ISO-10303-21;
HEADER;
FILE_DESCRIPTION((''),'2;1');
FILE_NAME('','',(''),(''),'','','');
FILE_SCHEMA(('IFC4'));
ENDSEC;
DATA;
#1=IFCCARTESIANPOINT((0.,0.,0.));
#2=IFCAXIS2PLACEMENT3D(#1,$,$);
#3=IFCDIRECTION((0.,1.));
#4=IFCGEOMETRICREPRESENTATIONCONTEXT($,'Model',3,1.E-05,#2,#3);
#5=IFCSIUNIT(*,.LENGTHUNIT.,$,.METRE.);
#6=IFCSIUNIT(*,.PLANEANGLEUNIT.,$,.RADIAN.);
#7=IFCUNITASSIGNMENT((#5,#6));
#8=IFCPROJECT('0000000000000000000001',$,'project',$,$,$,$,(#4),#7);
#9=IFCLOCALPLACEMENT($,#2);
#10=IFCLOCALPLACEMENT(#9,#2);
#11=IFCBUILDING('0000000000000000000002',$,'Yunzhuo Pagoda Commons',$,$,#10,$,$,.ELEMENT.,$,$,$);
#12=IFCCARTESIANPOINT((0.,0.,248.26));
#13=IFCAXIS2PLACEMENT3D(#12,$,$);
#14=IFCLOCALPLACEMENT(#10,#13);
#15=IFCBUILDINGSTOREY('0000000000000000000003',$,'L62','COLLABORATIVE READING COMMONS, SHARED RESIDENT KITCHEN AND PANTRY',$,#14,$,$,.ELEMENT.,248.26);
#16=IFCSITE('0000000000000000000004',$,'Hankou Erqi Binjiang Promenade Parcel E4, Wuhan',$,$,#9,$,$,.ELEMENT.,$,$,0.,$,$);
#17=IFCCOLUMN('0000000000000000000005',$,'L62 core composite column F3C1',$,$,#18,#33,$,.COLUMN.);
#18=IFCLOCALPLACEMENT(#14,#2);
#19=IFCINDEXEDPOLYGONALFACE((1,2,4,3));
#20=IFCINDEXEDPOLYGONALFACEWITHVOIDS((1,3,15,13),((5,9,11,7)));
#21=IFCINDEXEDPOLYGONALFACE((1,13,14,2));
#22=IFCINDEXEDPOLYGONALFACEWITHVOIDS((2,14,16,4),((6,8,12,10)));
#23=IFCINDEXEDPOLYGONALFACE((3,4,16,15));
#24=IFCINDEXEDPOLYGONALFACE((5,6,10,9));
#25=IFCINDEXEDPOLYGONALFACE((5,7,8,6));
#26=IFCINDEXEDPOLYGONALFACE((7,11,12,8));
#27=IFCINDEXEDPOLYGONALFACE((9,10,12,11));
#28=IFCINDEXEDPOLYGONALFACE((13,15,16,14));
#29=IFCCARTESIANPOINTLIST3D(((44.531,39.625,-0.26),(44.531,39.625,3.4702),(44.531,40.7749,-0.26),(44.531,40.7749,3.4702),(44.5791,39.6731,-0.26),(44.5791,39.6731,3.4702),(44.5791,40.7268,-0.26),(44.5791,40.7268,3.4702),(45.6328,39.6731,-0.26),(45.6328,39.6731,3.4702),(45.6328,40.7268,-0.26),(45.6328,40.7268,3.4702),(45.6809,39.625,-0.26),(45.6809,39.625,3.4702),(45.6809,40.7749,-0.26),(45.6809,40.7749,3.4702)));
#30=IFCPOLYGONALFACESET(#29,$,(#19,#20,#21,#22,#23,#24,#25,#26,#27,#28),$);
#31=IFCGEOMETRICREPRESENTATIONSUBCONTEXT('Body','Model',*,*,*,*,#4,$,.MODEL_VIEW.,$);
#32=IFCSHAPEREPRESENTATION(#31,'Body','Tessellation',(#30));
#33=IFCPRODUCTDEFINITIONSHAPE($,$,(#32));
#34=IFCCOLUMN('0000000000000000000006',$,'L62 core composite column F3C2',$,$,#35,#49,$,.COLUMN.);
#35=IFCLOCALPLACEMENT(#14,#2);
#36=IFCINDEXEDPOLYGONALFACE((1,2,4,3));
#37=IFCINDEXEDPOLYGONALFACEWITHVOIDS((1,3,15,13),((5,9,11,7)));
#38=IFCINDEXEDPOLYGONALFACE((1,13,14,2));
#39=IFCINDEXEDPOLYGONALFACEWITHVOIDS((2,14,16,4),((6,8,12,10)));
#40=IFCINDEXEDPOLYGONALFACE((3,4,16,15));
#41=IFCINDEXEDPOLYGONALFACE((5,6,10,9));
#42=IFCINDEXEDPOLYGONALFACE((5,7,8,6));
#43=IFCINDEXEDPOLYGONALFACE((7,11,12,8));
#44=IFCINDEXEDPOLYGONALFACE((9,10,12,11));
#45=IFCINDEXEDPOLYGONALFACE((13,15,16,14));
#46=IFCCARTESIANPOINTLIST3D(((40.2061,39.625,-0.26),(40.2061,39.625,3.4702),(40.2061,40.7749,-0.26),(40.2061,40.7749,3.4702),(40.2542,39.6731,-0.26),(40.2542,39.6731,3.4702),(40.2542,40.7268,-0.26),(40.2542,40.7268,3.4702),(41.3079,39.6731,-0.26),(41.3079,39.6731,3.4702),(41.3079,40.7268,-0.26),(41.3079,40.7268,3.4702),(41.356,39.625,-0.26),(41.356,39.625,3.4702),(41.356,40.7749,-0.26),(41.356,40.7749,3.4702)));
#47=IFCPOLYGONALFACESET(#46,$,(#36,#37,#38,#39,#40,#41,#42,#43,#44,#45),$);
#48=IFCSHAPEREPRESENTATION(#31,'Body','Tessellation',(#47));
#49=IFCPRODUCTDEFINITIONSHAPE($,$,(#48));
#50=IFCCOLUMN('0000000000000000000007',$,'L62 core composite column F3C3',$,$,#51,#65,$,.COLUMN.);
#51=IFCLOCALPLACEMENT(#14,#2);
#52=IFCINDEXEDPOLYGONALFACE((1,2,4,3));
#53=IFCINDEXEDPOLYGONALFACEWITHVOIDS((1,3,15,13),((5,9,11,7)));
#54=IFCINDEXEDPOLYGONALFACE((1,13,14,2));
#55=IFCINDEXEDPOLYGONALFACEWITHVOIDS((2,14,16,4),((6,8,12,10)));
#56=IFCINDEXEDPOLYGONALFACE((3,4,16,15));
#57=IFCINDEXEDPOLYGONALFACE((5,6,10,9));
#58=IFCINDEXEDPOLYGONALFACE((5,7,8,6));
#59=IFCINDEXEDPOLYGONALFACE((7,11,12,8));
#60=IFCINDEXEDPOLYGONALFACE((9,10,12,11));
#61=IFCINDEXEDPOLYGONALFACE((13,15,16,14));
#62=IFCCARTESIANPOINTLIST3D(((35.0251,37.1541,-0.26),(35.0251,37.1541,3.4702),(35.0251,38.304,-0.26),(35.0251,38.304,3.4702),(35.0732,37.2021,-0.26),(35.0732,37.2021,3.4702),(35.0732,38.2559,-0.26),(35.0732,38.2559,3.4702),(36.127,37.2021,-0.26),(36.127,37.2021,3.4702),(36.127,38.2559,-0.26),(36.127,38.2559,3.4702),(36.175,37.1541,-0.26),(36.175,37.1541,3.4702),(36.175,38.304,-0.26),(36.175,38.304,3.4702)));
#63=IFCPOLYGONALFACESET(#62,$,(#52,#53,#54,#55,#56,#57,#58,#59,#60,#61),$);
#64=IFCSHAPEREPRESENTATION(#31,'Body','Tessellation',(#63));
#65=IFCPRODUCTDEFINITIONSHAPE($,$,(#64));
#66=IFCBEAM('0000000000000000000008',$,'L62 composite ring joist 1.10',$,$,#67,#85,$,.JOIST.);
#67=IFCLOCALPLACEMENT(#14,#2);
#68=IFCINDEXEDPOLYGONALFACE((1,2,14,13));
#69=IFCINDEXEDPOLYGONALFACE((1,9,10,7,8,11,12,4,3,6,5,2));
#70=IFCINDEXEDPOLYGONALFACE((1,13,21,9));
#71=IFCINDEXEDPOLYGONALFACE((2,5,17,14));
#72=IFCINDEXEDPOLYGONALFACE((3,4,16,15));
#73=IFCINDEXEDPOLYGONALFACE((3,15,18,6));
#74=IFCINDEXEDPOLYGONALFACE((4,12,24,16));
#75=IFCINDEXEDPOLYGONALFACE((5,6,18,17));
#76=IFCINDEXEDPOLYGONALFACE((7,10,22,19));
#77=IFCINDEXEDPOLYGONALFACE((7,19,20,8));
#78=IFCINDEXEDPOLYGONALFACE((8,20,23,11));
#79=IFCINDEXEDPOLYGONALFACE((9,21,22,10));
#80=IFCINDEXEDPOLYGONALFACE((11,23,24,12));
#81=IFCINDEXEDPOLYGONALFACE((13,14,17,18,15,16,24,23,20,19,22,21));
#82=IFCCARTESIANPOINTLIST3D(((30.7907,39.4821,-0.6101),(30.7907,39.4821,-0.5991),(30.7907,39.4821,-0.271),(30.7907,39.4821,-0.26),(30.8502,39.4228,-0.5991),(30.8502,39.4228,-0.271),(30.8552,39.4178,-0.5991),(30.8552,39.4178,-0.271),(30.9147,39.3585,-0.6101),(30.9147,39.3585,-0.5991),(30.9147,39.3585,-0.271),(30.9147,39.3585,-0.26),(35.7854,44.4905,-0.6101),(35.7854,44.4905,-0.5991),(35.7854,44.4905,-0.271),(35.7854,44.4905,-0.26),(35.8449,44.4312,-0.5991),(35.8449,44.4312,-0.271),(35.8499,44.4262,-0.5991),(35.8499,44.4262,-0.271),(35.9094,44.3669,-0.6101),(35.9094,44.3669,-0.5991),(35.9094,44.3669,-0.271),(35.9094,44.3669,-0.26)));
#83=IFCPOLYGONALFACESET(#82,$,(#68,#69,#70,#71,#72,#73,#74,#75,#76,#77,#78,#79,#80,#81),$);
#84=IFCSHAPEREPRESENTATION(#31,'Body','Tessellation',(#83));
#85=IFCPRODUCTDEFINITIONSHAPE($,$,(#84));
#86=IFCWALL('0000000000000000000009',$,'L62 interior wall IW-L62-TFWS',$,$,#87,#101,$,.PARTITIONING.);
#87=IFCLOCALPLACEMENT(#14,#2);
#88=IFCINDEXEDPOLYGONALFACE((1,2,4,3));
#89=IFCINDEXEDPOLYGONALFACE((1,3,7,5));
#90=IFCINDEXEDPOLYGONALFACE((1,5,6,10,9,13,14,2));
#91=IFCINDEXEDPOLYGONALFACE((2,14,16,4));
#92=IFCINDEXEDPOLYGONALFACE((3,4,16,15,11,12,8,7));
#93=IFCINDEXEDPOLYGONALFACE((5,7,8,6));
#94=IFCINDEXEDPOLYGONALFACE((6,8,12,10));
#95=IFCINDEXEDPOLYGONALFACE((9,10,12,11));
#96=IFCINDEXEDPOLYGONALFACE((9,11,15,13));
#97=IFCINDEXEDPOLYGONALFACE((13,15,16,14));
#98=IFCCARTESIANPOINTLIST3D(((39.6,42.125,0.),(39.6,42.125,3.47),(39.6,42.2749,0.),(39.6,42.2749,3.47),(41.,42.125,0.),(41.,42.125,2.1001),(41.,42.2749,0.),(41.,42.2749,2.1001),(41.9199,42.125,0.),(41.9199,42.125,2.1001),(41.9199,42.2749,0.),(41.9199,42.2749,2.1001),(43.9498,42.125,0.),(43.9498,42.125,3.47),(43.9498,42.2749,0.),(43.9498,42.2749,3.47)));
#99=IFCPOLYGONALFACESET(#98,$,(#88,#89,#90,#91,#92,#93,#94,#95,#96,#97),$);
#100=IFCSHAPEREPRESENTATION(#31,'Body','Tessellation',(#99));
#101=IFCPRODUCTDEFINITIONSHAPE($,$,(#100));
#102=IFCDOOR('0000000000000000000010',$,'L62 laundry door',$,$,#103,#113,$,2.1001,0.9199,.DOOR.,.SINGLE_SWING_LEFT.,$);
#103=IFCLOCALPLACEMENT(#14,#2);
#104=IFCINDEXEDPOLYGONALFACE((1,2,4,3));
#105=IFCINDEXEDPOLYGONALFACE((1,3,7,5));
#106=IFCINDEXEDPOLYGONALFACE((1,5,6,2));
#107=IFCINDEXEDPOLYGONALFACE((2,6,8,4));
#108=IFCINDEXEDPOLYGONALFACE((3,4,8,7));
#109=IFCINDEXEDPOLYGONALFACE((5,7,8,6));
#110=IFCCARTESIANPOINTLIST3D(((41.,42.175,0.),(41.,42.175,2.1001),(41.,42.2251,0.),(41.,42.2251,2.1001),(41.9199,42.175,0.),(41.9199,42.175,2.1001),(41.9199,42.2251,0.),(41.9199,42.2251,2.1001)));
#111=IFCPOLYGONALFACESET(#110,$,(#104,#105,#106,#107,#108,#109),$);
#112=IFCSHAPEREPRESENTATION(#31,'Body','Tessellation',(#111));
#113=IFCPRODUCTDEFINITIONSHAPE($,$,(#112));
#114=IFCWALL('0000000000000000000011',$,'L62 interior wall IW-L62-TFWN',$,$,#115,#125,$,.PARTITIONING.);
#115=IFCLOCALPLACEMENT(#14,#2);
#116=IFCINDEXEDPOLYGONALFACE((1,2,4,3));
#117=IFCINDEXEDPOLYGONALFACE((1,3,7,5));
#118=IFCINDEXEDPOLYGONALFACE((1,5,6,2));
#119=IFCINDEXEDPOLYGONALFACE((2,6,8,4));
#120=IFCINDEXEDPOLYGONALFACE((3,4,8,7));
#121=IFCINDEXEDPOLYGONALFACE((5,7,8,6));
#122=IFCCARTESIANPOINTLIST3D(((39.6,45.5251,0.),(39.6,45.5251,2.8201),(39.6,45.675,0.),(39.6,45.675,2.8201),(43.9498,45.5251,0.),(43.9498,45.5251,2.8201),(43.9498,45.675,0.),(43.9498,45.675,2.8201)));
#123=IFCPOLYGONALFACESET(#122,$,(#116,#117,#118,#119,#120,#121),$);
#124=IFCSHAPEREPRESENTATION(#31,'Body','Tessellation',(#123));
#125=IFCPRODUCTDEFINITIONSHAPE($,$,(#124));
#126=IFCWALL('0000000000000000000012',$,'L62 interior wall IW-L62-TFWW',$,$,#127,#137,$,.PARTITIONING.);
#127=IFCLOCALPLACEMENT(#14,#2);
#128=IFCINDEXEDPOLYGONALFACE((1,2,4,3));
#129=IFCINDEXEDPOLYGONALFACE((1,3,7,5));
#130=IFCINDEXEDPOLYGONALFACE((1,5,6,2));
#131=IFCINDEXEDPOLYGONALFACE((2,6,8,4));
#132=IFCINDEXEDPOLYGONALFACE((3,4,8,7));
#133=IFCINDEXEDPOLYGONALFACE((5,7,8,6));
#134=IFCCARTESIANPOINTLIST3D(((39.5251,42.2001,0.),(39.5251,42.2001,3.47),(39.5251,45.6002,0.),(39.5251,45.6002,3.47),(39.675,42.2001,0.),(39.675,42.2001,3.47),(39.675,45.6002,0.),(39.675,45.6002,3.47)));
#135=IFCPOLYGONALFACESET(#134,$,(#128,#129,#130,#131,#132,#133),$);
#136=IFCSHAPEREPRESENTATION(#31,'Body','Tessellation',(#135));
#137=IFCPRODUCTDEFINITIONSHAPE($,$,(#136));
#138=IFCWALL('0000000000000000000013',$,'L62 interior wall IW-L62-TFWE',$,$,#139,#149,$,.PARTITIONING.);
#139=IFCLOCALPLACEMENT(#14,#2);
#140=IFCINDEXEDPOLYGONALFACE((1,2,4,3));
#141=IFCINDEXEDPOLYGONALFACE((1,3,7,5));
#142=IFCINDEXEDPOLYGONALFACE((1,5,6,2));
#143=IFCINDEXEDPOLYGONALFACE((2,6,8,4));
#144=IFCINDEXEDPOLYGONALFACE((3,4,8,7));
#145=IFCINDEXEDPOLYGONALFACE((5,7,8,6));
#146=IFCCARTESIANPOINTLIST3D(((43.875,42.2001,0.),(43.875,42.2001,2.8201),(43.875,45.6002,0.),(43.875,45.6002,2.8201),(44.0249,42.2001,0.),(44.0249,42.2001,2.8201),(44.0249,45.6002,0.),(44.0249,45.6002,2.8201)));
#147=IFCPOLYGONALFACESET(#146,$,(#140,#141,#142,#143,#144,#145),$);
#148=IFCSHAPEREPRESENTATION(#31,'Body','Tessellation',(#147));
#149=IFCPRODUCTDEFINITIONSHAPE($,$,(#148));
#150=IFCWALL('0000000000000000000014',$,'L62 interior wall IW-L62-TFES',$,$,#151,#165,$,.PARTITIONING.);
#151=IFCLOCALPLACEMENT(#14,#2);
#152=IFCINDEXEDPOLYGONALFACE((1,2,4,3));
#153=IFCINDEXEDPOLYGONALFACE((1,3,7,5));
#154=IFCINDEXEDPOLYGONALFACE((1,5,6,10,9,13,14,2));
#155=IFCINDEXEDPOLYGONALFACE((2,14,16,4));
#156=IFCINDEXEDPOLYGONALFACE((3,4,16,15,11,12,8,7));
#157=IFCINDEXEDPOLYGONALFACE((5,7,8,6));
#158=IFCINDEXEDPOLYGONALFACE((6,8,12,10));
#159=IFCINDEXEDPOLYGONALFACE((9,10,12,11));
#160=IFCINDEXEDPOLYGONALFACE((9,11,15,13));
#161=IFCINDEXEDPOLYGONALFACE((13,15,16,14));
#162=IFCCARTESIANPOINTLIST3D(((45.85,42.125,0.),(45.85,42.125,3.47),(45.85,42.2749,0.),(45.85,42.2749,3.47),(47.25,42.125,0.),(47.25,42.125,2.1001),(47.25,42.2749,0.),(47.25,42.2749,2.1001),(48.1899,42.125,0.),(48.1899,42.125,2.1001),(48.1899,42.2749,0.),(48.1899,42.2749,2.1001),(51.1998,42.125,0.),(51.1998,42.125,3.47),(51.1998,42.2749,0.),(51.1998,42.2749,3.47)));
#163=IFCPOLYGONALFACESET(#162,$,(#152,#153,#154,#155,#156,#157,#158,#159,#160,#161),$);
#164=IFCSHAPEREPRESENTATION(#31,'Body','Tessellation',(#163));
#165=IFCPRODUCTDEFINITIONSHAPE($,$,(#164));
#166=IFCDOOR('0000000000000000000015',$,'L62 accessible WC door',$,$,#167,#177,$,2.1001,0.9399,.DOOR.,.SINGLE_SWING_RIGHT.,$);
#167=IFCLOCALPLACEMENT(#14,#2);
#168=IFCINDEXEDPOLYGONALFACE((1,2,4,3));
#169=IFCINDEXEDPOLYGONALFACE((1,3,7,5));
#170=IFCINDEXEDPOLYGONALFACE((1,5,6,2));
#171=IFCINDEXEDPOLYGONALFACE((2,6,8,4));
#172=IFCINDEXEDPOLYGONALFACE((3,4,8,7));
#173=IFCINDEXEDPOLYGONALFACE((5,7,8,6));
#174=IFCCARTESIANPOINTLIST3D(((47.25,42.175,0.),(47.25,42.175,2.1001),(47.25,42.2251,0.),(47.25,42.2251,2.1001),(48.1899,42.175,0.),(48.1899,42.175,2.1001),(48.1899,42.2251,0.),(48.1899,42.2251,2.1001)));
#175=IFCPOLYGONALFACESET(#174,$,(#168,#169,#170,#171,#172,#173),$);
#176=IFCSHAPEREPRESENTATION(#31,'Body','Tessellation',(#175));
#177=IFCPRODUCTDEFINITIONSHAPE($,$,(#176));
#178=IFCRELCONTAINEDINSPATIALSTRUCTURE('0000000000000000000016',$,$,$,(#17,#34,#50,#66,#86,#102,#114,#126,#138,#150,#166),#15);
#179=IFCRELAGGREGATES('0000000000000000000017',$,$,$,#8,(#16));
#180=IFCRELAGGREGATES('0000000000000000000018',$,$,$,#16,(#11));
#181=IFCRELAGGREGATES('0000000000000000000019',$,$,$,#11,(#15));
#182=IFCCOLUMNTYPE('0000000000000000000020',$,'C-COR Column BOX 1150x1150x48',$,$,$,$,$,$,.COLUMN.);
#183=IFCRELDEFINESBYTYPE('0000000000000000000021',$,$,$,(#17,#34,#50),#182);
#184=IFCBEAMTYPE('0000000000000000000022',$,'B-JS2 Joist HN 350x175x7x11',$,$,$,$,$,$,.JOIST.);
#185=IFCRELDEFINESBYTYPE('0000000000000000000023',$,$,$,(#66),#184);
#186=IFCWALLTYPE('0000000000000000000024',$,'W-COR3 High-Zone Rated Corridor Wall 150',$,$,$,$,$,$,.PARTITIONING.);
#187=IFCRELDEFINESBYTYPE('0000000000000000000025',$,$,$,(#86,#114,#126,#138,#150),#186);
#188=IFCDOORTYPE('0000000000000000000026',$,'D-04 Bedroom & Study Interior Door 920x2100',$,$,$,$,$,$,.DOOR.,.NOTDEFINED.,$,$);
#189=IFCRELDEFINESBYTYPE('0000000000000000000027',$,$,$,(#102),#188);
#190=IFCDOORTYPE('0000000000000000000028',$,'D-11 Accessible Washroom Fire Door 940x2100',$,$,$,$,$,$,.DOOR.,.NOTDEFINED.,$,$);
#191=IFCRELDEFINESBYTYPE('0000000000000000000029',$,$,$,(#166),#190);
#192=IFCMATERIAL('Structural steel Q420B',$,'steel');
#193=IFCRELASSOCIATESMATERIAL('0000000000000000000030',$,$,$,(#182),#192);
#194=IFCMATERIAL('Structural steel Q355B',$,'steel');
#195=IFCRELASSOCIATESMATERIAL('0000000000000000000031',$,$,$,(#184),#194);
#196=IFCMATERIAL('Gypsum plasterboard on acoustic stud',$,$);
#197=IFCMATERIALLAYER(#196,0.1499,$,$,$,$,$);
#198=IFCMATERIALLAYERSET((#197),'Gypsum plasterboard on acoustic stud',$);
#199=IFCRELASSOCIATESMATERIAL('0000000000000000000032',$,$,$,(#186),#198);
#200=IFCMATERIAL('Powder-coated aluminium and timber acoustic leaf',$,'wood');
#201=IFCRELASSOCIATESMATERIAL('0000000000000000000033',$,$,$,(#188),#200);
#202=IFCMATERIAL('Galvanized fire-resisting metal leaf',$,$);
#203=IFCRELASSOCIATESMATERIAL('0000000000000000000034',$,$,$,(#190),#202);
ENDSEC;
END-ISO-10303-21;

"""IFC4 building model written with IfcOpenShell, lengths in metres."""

from ifc_helpers import new_model, si_unit, direction, frame, frame_2d, origin, origin_2d, place, context, subcontext, project, spatial, rectangle, hollow_rectangle, i_section, extrude, source, transform, mapped, material, layer, layer_set, material_profile, profile_set, type_object, element, fill, save


model = new_model("IFC4")

# Units and contexts
model_context = context("Model", 3, precision=1e-05, world=origin(), true_north=direction((0.0, 1.0)))
body_context = subcontext(model_context, "Body", "Model", "MODEL_VIEW")
ifc_project = project(units=[si_unit("LENGTHUNIT", "METRE"), si_unit("PLANEANGLEUNIT", "RADIAN")], contexts=[model_context])

# Site, building, storey
site_placement = place(None, origin())
site = spatial("IfcSite", under=ifc_project, at=site_placement, Name="Hankou Erqi Binjiang Promenade Parcel E4, Wuhan", CompositionType="ELEMENT", RefElevation=0.0)
building_placement = place(site_placement, origin())
building = spatial("IfcBuilding", under=site, at=building_placement, Name="Yunzhuo Pagoda Commons", CompositionType="ELEMENT")
storey_placement = place(building_placement, frame((0.0, 0.0, 248.26)))
storey = spatial("IfcBuildingStorey", under=building, at=storey_placement, Name="L62", Description="COLLABORATIVE READING COMMONS, SHARED RESIDENT KITCHEN AND PANTRY", CompositionType="ELEMENT", Elevation=248.26)

# Columns
ifc_material_1 = material(Name="Structural steel Q420B", Category="steel")
ifc_material_profile_1 = material_profile(ifc_material_1, hollow_rectangle(XDim=1.1499, YDim=1.1499, WallThickness=0.0481, at=origin_2d()), Name="Structural steel Q420B")
ifc_profile_set_1 = profile_set([ifc_material_profile_1], Name="Structural steel Q420B")
column_type = type_object("IfcColumnType", Name="C-COR Column BOX 1150x1150x48", PredefinedType="COLUMN", material=ifc_profile_set_1)
shared_shape_1 = source(origin(), body_context, "Body", "SweptSolid", [
    extrude(hollow_rectangle(XDim=1.1499, YDim=1.1499, WallThickness=0.0481, at=origin_2d()), origin(), (0.0, 0.0, 1.0), 3.7302),
])
for number, where, z_axis, x_axis, name in (
    (1, (45.106, 40.2, -0.26), (0.0, 0.0, 1.0), (1.0, 0.0, 0.0), "L62 core composite column F3C1"),
    (2, (40.781, 40.2, -0.26), (0.0, 0.0, 1.0), (1.0, 0.0, 0.0), "L62 core composite column F3C2"),
    (3, (35.6001, 37.729, -0.26), (0.0, 0.0, 1.0), (1.0, 0.0, 0.0), "L62 core composite column F3C3"),
):
    element("IfcColumn", number, at=place(storey_placement, frame(where, z_axis=z_axis, x_axis=x_axis)), inside=storey, type_object=column_type, Name=name, PredefinedType="COLUMN", context=body_context, shape_type="MappedRepresentation", body=[
        mapped(shared_shape_1, transform((0.0, 0.0, 0.0), scale=1.0)),
    ])

# Beam
ifc_material_2 = material(Name="Structural steel Q355B", Category="steel")
ifc_material_profile_2 = material_profile(ifc_material_2, i_section(OverallWidth=0.175, OverallDepth=0.3501, WebThickness=0.0071, FlangeThickness=0.011, at=origin_2d()), Name="Structural steel Q355B")
ifc_profile_set_2 = profile_set([ifc_material_profile_2], Name="Structural steel Q355B")
beam_type = type_object("IfcBeamType", Name="B-JS2 Joist HN 350x175x7x11", PredefinedType="JOIST", material=ifc_profile_set_2)
shared_shape_2 = source(origin(), body_context, "Body", "SweptSolid", [
    extrude(i_section(OverallWidth=0.175, OverallDepth=0.3501, WebThickness=0.0071, FlangeThickness=0.011, at=origin_2d()), origin(), (0.0, 0.0, 1.0), 7.0732),
])
beam_placement = place(storey_placement, frame((35.8474, 44.4287, -0.4351), z_axis=(-0.70614, -0.708073, 0.0), x_axis=(0.708073, -0.70614, 0.0)))
element("IfcBeam", 4, at=beam_placement, inside=storey, type_object=beam_type, Name="L62 composite ring joist 1.10", PredefinedType="JOIST", context=body_context, shape_type="MappedRepresentation", body=[
    mapped(shared_shape_2, transform((0.0, 0.0, 0.0), scale=1.0)),
])

# Wall, opening, door
ifc_material_3 = material(Name="Gypsum plasterboard on acoustic stud")
ifc_layer_1 = layer(ifc_material_3, 0.1499)
ifc_layer_set_1 = layer_set([ifc_layer_1], Name="Gypsum plasterboard on acoustic stud")
wall_type_1 = type_object("IfcWallType", Name="W-COR3 High-Zone Rated Corridor Wall 150", PredefinedType="PARTITIONING", material=ifc_layer_set_1)
wall_1_placement = place(storey_placement, frame((39.6001, 42.2, 0.0), z_axis=(0.0, 0.0, 1.0), x_axis=(1.0, 0.0, 0.0)))
wall_1 = element("IfcWall", 5, at=wall_1_placement, inside=storey, type_object=wall_type_1, Name="L62 interior wall IW-L62-TFWS", PredefinedType="PARTITIONING", context=body_context, shape_type="SweptSolid", body=[
    extrude(rectangle(XDim=4.3499, YDim=0.1499, at=frame_2d((2.1748, 0.0))), origin(), (0.0, 0.0, 1.0), 3.47),
])
opening_1_placement = place(wall_1_placement, frame((1.3999, 0.0, 0.0)))
opening_1 = element("IfcOpeningElement", 6, at=opening_1_placement, cuts=wall_1, PredefinedType="OPENING", context=body_context, shape_type="SweptSolid", body=[
    extrude(rectangle(XDim=0.9199, YDim=2.1001, at=frame_2d((0.46, 1.05))), frame((0.0, 0.085, 0.0), z_axis=(0.0, -1.0, 0.0), x_axis=(1.0, 0.0, 0.0)), (0.0, 0.0, 1.0), 0.1699),
])
ifc_material_4 = material(Name="Powder-coated aluminium and timber acoustic leaf", Category="wood")
door_type_1 = type_object("IfcDoorType", Name="D-04 Bedroom & Study Interior Door 920x2100", OperationType="NOTDEFINED", PredefinedType="DOOR", material=ifc_material_4)
shared_shape_3 = source(origin(), body_context, "Body", "SweptSolid", [
    extrude(rectangle(XDim=0.9199, YDim=2.1001, at=frame_2d((0.46, 1.05))), frame((0.0, 0.0249, 0.0), z_axis=(0.0, -1.0, 0.0), x_axis=(1.0, 0.0, 0.0)), (0.0, 0.0, 1.0), 0.05),
])
door_1_placement = place(opening_1_placement, frame((0.9199, 0.0, 0.0), z_axis=(0.0, 0.0, 1.0), x_axis=(-1.0, 0.0, 0.0)))
door_1 = element("IfcDoor", 7, at=door_1_placement, inside=storey, type_object=door_type_1, Name="L62 laundry door", OperationType="SINGLE_SWING_LEFT", OverallHeight=2.1001, OverallWidth=0.9199, PredefinedType="DOOR", context=body_context, shape_type="MappedRepresentation", body=[
    mapped(shared_shape_3, transform((0.0, 0.0, 0.0), scale=1.0)),
])
fill(opening_1, door_1)

# Walls
wall_2_placement = place(storey_placement, frame((39.6001, 45.6001, 0.0), z_axis=(0.0, 0.0, 1.0), x_axis=(1.0, 0.0, 0.0)))
element("IfcWall", 8, at=wall_2_placement, inside=storey, type_object=wall_type_1, Name="L62 interior wall IW-L62-TFWN", PredefinedType="PARTITIONING", context=body_context, shape_type="SweptSolid", body=[
    extrude(rectangle(XDim=4.3499, YDim=0.1499, at=frame_2d((2.1748, 0.0))), origin(), (0.0, 0.0, 1.0), 2.8201),
])
wall_3_placement = place(storey_placement, frame((39.6001, 42.2, 0.0), z_axis=(0.0, 0.0, 1.0), x_axis=(0.0, 1.0, 0.0)))
element("IfcWall", 9, at=wall_3_placement, inside=storey, type_object=wall_type_1, Name="L62 interior wall IW-L62-TFWW", PredefinedType="PARTITIONING", context=body_context, shape_type="SweptSolid", body=[
    extrude(rectangle(XDim=3.4001, YDim=0.1499, at=frame_2d((1.7002, 0.0))), origin(), (0.0, 0.0, 1.0), 3.47),
])
wall_4_placement = place(storey_placement, frame((43.95, 42.2, 0.0), z_axis=(0.0, 0.0, 1.0), x_axis=(0.0, 1.0, 0.0)))
element("IfcWall", 10, at=wall_4_placement, inside=storey, type_object=wall_type_1, Name="L62 interior wall IW-L62-TFWE", PredefinedType="PARTITIONING", context=body_context, shape_type="SweptSolid", body=[
    extrude(rectangle(XDim=3.4001, YDim=0.1499, at=frame_2d((1.7002, 0.0))), origin(), (0.0, 0.0, 1.0), 2.8201),
])

# Wall, opening, door
wall_5_placement = place(storey_placement, frame((45.8501, 42.2, 0.0), z_axis=(0.0, 0.0, 1.0), x_axis=(1.0, 0.0, 0.0)))
wall_5 = element("IfcWall", 11, at=wall_5_placement, inside=storey, type_object=wall_type_1, Name="L62 interior wall IW-L62-TFES", PredefinedType="PARTITIONING", context=body_context, shape_type="SweptSolid", body=[
    extrude(rectangle(XDim=5.3499, YDim=0.1499, at=frame_2d((2.6748, 0.0))), origin(), (0.0, 0.0, 1.0), 3.47),
])
opening_2_placement = place(wall_5_placement, frame((1.3999, 0.0, 0.0)))
opening_2 = element("IfcOpeningElement", 12, at=opening_2_placement, cuts=wall_5, PredefinedType="OPENING", context=body_context, shape_type="SweptSolid", body=[
    extrude(rectangle(XDim=0.9399, YDim=2.1001, at=frame_2d((0.47, 1.05))), frame((0.0, 0.085, 0.0), z_axis=(0.0, -1.0, 0.0), x_axis=(1.0, 0.0, 0.0)), (0.0, 0.0, 1.0), 0.1699),
])
ifc_material_5 = material(Name="Galvanized fire-resisting metal leaf")
door_type_2 = type_object("IfcDoorType", Name="D-11 Accessible Washroom Fire Door 940x2100", OperationType="NOTDEFINED", PredefinedType="DOOR", material=ifc_material_5)
shared_shape_4 = source(origin(), body_context, "Body", "SweptSolid", [
    extrude(rectangle(XDim=0.9399, YDim=2.1001, at=frame_2d((0.47, 1.05))), frame((0.0, 0.0249, 0.0), z_axis=(0.0, -1.0, 0.0), x_axis=(1.0, 0.0, 0.0)), (0.0, 0.0, 1.0), 0.05),
])
door_2_placement = place(opening_2_placement, frame((0.9399, 0.0, 0.0), z_axis=(0.0, 0.0, 1.0), x_axis=(-1.0, 0.0, 0.0)))
door_2 = element("IfcDoor", 13, at=door_2_placement, inside=storey, type_object=door_type_2, Name="L62 accessible WC door", OperationType="SINGLE_SWING_RIGHT", OverallHeight=2.1001, OverallWidth=0.9399, PredefinedType="DOOR", context=body_context, shape_type="MappedRepresentation", body=[
    mapped(shared_shape_4, transform((0.0, 0.0, 0.0), scale=1.0)),
])
fill(opening_2, door_2)

save(model, "model.ifc")
